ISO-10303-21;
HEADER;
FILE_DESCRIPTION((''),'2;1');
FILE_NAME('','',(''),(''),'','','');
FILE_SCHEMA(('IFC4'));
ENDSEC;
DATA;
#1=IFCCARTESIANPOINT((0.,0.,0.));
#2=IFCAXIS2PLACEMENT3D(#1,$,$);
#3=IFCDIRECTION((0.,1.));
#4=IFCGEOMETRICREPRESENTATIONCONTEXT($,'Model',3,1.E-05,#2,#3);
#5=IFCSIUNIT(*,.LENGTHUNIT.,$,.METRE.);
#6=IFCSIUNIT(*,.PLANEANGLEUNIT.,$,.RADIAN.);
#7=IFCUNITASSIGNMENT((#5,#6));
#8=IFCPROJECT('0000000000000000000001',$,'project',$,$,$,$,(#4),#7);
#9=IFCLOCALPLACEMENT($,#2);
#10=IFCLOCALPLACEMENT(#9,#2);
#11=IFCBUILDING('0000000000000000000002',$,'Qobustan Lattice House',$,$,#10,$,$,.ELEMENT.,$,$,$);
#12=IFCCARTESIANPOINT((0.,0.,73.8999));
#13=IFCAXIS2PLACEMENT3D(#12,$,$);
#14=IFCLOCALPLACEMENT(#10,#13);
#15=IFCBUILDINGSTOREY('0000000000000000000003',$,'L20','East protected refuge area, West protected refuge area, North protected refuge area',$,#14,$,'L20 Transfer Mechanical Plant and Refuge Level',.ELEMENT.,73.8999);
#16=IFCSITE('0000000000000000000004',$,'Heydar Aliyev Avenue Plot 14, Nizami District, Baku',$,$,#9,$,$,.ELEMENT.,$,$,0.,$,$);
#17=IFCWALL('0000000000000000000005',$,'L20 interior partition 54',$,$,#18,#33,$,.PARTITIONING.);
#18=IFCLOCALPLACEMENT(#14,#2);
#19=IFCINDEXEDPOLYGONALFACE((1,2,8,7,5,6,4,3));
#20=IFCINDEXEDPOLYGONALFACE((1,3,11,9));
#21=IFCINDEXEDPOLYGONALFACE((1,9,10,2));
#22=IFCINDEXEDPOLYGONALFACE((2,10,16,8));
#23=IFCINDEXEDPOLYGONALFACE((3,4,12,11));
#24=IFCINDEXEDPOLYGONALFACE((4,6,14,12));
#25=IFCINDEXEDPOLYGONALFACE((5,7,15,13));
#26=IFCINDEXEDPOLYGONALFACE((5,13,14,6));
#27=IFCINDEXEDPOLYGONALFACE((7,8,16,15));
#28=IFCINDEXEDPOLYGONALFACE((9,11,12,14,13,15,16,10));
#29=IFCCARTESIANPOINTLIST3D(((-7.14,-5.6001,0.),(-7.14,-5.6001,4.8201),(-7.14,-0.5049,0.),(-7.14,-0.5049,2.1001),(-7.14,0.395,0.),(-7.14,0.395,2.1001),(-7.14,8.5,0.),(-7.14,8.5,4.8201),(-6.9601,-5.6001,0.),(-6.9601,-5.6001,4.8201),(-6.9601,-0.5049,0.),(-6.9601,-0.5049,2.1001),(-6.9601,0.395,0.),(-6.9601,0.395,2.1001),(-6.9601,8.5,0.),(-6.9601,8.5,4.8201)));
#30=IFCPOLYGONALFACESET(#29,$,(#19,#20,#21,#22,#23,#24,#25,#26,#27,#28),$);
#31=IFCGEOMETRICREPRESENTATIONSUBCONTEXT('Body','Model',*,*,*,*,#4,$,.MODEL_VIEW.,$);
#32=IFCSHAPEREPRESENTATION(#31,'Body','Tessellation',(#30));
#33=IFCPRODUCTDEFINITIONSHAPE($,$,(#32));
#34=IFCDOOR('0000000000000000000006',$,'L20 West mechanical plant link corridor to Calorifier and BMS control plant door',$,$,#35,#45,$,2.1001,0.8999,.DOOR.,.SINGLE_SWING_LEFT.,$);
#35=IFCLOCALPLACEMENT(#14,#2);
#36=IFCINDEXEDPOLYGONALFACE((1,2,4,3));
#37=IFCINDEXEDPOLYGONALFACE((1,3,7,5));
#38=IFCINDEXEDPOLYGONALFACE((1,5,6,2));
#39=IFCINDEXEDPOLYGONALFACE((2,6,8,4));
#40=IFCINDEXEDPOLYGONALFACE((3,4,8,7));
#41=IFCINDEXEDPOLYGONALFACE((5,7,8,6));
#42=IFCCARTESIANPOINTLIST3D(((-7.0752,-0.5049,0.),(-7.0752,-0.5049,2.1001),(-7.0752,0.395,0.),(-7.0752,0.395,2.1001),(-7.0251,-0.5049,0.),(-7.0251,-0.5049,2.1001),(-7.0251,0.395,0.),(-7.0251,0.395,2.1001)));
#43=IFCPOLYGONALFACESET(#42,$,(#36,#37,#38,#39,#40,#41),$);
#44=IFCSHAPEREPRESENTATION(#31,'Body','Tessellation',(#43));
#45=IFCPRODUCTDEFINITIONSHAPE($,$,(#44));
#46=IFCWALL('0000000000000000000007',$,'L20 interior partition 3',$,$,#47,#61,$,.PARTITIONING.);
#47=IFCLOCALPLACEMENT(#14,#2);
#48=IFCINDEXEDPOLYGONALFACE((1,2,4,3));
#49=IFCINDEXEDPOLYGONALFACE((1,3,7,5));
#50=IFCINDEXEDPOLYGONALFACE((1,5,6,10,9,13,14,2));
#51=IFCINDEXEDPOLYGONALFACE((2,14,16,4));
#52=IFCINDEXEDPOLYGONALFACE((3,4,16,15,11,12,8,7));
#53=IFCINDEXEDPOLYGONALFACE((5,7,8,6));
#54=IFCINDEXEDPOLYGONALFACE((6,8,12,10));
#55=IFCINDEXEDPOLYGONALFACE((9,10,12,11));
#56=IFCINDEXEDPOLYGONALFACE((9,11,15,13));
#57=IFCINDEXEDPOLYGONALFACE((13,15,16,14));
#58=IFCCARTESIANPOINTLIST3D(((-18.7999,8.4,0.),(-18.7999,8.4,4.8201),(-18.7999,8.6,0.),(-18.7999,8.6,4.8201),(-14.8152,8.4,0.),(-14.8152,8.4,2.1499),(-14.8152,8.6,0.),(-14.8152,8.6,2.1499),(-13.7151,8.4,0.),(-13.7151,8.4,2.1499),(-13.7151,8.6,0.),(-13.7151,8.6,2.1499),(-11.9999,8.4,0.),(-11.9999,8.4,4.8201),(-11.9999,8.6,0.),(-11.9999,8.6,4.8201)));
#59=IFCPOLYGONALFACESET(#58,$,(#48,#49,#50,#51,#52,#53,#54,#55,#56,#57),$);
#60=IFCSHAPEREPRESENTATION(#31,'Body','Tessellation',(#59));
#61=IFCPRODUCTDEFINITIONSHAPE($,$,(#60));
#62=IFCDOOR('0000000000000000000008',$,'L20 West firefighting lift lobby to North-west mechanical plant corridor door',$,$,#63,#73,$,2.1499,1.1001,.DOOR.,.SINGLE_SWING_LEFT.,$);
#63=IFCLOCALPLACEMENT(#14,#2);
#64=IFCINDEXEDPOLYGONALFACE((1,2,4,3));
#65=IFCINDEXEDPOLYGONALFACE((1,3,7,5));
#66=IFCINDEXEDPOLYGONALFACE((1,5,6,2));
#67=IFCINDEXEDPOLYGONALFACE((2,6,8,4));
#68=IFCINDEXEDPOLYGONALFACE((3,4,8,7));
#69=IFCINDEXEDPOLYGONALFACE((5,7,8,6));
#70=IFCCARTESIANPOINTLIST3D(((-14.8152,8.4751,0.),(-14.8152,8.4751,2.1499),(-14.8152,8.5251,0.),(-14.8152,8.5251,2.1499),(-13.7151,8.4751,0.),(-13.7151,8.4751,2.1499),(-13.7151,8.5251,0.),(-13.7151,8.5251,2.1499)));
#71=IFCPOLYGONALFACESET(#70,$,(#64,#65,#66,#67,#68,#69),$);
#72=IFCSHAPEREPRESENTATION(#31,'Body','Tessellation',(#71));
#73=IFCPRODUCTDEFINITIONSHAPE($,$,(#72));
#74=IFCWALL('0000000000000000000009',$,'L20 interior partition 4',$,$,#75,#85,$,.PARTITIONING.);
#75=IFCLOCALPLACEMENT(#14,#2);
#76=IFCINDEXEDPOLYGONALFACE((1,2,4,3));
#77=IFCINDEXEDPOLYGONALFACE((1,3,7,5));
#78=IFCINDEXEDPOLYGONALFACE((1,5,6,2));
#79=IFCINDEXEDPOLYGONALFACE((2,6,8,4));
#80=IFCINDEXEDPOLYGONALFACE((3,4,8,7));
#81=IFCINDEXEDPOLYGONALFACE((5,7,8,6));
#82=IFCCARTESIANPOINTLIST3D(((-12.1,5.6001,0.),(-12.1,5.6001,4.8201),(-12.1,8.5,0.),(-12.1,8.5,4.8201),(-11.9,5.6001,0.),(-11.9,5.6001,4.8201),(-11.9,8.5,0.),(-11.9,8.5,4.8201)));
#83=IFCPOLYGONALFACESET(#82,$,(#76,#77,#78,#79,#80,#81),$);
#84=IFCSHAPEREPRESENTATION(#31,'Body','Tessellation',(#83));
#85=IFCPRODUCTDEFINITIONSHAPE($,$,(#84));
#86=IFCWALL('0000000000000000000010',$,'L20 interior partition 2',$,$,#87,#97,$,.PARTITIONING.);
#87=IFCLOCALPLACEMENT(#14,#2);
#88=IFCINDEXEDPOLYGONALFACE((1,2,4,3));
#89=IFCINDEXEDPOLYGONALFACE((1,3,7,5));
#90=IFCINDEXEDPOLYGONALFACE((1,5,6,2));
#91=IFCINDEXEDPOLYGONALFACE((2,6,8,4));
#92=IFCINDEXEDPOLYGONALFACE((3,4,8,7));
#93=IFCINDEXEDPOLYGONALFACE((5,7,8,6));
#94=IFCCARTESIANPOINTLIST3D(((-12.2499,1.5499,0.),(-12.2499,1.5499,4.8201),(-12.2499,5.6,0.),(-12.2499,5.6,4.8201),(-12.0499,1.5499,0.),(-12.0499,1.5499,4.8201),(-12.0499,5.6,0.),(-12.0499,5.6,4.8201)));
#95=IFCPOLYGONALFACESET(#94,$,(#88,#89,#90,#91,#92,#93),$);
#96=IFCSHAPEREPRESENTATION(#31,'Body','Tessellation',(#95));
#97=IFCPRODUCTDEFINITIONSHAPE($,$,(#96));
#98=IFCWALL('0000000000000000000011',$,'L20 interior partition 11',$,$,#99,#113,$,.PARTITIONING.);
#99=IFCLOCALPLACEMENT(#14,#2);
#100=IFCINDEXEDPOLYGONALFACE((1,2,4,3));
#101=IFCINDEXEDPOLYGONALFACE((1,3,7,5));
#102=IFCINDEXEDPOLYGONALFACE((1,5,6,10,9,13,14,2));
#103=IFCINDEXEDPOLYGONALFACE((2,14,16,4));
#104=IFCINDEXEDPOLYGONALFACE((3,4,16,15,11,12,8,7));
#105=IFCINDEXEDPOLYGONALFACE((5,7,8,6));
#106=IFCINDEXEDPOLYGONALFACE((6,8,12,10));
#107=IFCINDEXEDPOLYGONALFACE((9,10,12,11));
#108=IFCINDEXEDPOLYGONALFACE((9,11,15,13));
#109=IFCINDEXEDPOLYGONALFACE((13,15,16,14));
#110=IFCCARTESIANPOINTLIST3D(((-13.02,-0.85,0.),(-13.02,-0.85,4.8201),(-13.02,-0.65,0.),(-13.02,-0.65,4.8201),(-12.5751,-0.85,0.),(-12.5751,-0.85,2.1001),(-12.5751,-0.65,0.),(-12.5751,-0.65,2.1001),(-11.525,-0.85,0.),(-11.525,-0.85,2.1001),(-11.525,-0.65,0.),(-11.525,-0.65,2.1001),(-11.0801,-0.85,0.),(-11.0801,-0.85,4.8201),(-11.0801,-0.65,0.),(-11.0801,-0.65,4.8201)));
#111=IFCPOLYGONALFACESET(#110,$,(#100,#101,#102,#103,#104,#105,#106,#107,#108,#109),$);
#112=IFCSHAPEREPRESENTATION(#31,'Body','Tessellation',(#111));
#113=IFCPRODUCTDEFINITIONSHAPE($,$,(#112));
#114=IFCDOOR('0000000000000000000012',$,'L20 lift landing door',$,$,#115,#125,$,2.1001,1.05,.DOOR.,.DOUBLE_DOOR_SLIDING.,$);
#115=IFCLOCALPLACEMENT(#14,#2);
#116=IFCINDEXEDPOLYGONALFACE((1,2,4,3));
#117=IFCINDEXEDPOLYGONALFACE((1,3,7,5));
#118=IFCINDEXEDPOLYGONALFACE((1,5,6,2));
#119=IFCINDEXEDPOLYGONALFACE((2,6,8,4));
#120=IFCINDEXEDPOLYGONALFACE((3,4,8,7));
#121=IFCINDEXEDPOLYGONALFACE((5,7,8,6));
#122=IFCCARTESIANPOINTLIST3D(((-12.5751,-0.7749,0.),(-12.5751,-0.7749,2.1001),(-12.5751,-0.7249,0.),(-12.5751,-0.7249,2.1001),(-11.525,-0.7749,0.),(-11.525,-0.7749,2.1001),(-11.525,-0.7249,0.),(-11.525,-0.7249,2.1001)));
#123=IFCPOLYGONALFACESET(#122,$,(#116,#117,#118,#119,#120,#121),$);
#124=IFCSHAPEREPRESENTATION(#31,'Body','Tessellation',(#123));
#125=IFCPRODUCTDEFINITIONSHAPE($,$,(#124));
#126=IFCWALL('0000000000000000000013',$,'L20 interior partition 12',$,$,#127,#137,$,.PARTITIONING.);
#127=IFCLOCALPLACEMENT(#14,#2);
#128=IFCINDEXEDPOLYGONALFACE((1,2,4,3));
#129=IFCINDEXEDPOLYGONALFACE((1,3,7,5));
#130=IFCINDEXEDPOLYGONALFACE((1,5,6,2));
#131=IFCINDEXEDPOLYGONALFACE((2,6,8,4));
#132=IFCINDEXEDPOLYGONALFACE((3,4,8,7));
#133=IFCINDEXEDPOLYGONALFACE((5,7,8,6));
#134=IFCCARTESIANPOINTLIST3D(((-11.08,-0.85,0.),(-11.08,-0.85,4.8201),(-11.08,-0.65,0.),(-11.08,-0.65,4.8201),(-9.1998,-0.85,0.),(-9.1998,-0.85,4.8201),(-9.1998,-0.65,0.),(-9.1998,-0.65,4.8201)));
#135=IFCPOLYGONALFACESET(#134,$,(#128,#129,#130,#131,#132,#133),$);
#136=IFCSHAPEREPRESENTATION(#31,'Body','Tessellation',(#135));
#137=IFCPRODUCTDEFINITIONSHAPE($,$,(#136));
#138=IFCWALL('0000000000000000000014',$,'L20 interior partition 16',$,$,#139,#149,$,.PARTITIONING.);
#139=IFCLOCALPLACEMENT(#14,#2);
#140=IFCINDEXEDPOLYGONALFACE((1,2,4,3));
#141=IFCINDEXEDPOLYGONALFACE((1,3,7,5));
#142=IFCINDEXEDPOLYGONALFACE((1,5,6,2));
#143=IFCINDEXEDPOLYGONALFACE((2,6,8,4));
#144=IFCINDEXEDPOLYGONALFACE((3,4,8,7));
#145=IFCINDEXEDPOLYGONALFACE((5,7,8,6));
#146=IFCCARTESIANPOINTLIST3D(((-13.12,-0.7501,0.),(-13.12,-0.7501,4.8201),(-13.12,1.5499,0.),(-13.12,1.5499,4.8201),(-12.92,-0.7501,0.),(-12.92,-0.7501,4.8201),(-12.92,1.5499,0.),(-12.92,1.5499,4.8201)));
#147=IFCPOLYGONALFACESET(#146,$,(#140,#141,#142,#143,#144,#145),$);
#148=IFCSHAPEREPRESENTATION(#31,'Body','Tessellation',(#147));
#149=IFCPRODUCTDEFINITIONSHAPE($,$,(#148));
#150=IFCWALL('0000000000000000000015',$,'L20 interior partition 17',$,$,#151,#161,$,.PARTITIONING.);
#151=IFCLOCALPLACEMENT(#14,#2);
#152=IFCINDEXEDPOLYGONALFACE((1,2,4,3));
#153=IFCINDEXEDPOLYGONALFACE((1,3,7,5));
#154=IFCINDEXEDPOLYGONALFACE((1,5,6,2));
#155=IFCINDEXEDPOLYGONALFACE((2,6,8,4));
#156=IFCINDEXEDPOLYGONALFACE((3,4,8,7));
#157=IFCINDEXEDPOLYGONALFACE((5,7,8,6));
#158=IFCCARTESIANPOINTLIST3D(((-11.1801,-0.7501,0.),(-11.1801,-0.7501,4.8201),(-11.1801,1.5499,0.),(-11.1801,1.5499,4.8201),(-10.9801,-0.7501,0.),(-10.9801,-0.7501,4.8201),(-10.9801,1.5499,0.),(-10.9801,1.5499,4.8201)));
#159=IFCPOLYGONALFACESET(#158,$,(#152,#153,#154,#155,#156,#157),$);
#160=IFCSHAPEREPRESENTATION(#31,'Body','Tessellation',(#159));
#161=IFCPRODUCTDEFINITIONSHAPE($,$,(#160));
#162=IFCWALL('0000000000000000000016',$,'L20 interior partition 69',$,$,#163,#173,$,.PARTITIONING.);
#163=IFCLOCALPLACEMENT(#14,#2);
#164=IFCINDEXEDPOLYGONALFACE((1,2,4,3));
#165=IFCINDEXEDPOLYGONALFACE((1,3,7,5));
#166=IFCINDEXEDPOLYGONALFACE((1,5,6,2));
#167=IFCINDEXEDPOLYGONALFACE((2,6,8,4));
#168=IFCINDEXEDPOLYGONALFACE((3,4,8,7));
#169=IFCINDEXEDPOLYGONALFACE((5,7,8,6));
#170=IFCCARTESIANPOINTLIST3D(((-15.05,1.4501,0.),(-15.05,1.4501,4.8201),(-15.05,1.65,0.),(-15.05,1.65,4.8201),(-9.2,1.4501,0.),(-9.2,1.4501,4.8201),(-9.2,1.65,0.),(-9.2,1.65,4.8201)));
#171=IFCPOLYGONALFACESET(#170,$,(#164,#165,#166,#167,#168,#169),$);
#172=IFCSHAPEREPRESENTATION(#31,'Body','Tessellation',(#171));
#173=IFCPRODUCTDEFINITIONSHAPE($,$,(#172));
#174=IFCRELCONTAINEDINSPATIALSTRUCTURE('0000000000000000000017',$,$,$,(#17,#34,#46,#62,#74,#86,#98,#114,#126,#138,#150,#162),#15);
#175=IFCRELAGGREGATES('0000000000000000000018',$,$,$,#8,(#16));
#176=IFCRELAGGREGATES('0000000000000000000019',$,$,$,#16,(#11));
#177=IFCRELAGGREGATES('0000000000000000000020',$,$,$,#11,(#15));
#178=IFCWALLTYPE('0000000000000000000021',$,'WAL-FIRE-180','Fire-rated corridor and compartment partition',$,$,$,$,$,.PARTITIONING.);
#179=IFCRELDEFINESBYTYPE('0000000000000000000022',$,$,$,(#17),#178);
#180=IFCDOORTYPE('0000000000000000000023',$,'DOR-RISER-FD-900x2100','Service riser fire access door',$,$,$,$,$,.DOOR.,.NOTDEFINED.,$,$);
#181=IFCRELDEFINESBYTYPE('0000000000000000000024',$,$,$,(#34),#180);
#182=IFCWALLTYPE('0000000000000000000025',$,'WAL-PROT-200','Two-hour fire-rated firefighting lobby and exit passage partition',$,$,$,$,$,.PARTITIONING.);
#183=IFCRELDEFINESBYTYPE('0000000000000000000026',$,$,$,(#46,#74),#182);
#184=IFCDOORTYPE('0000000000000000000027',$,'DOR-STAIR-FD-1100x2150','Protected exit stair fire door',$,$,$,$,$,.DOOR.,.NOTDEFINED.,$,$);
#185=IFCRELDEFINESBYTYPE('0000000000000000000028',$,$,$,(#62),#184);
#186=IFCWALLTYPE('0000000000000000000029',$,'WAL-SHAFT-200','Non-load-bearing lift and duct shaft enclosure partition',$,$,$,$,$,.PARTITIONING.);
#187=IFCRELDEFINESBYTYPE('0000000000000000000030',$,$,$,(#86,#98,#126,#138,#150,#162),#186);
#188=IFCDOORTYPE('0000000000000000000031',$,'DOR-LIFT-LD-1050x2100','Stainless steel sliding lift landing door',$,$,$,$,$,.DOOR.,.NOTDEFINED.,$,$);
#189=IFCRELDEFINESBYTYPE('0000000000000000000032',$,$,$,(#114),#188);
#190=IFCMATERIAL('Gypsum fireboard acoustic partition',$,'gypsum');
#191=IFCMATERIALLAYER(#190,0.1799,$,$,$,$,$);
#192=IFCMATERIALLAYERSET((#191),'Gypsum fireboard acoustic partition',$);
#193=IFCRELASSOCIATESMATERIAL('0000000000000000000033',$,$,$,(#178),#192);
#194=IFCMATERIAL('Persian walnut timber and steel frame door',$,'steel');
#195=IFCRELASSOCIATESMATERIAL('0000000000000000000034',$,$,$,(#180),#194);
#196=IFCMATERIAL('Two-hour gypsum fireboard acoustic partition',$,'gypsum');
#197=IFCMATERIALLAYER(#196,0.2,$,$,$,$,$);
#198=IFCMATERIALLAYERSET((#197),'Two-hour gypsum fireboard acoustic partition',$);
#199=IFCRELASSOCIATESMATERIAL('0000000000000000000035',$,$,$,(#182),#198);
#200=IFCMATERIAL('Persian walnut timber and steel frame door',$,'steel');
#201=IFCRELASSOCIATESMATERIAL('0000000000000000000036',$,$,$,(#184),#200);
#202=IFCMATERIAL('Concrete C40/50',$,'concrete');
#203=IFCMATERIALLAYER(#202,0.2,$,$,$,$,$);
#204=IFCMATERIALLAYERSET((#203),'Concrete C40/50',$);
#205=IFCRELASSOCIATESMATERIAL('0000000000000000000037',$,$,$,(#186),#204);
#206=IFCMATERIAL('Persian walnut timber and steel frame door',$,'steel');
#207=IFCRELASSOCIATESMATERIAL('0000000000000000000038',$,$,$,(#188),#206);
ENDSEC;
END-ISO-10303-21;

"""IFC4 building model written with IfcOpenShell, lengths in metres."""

from ifc_helpers import new_model, si_unit, direction, frame, frame_2d, origin, place, context, subcontext, project, spatial, rectangle, extrude, material, layer, layer_set, type_object, element, fill, save


model = new_model("IFC4")

# Units and contexts
model_context = context("Model", 3, precision=1e-05, world=origin(), true_north=direction((0.0, 1.0)))
body_context = subcontext(model_context, "Body", "Model", "MODEL_VIEW")
ifc_project = project(units=[si_unit("LENGTHUNIT", "METRE"), si_unit("PLANEANGLEUNIT", "RADIAN")], contexts=[model_context])

# Site, building, storey
site_placement = place(None, origin())
site = spatial("IfcSite", under=ifc_project, at=site_placement, Name="Heydar Aliyev Avenue Plot 14, Nizami District, Baku", CompositionType="ELEMENT", RefElevation=0.0)
building_placement = place(site_placement, origin())
building = spatial("IfcBuilding", under=site, at=building_placement, Name="Qobustan Lattice House", CompositionType="ELEMENT")
storey_placement = place(building_placement, frame((0.0, 0.0, 73.8999)))
storey = spatial("IfcBuildingStorey", under=building, at=storey_placement, Name="L20", Description="East protected refuge area, West protected refuge area, North protected refuge area", LongName="L20 Transfer Mechanical Plant and Refuge Level", CompositionType="ELEMENT", Elevation=73.8999)

# Shared definitions
ifc_material_1 = material(Name="Gypsum fireboard acoustic partition", Category="gypsum")
ifc_layer_1 = layer(ifc_material_1, 0.1799)
ifc_layer_set_1 = layer_set([ifc_layer_1], Name="Gypsum fireboard acoustic partition")
wall_type_1 = type_object("IfcWallType", Name="WAL-FIRE-180", Description="Fire-rated corridor and compartment partition", PredefinedType="PARTITIONING", material=ifc_layer_set_1)

# Walls, openings, doors
wall_1_placement = place(storey_placement, frame((-7.05, 8.5, 0.0), z_axis=(0.0, 0.0, 1.0), x_axis=(0.0, -1.0, 0.0)))
wall_1 = element("IfcWall", 1, at=wall_1_placement, inside=storey, type_object=wall_type_1, Name="L20 interior partition 54", PredefinedType="PARTITIONING", context=body_context, shape_type="SweptSolid", body=[
    extrude(rectangle(XDim=14.1001, YDim=0.1799, at=frame_2d((7.05, 0.0))), origin(), (0.0, 0.0, 1.0), 4.8201),
])
opening_1_placement = place(wall_1_placement, frame((8.105, 0.0, 0.0)))
opening_1 = element("IfcOpeningElement", 2, at=opening_1_placement, cuts=wall_1, PredefinedType="OPENING", context=body_context, shape_type="SweptSolid", body=[
    extrude(rectangle(XDim=0.8999, YDim=2.1001, at=frame_2d((0.45, 1.05))), frame((0.0, 0.0999, 0.0), z_axis=(0.0, -1.0, 0.0), x_axis=(1.0, 0.0, 0.0)), (0.0, 0.0, 1.0), 0.2),
])
ifc_material_2 = material(Name="Persian walnut timber and steel frame door", Category="steel")
door_type_1 = type_object("IfcDoorType", Name="DOR-RISER-FD-900x2100", Description="Service riser fire access door", OperationType="NOTDEFINED", PredefinedType="DOOR", material=ifc_material_2)
door_1_placement = place(opening_1_placement, origin())
door_1 = element("IfcDoor", 3, at=door_1_placement, inside=storey, type_object=door_type_1, Name="L20 West mechanical plant link corridor to Calorifier and BMS control plant door", OperationType="SINGLE_SWING_LEFT", OverallHeight=2.1001, OverallWidth=0.8999, PredefinedType="DOOR", context=body_context, shape_type="SweptSolid", body=[
    extrude(rectangle(XDim=0.8999, YDim=2.1001, at=frame_2d((0.45, 1.05))), frame((0.0, 0.0249, 0.0), z_axis=(0.0, -1.0, 0.0), x_axis=(1.0, 0.0, 0.0)), (0.0, 0.0, 1.0), 0.05),
])
fill(opening_1, door_1)
ifc_material_3 = material(Name="Two-hour gypsum fireboard acoustic partition", Category="gypsum")
ifc_layer_2 = layer(ifc_material_3, 0.2)
ifc_layer_set_2 = layer_set([ifc_layer_2], Name="Two-hour gypsum fireboard acoustic partition")
wall_type_2 = type_object("IfcWallType", Name="WAL-PROT-200", Description="Two-hour fire-rated firefighting lobby and exit passage partition", PredefinedType="PARTITIONING", material=ifc_layer_set_2)
wall_2_placement = place(storey_placement, frame((-12.0, 8.5, 0.0), z_axis=(0.0, 0.0, 1.0), x_axis=(-1.0, 0.0, 0.0)))
wall_2 = element("IfcWall", 4, at=wall_2_placement, inside=storey, type_object=wall_type_2, Name="L20 interior partition 3", PredefinedType="PARTITIONING", context=body_context, shape_type="SweptSolid", body=[
    extrude(rectangle(XDim=6.8, YDim=0.2, at=frame_2d((3.3999, 0.0))), origin(), (0.0, 0.0, 1.0), 4.8201),
])
opening_2_placement = place(wall_2_placement, frame((1.7151, 0.0, 0.0)))
opening_2 = element("IfcOpeningElement", 5, at=opening_2_placement, cuts=wall_2, PredefinedType="OPENING", context=body_context, shape_type="SweptSolid", body=[
    extrude(rectangle(XDim=1.1001, YDim=2.1499, at=frame_2d((0.55, 1.075))), frame((0.0, 0.1099, 0.0), z_axis=(0.0, -1.0, 0.0), x_axis=(1.0, 0.0, 0.0)), (0.0, 0.0, 1.0), 0.22),
])
ifc_material_4 = material(Name="Persian walnut timber and steel frame door", Category="steel")
door_type_2 = type_object("IfcDoorType", Name="DOR-STAIR-FD-1100x2150", Description="Protected exit stair fire door", OperationType="NOTDEFINED", PredefinedType="DOOR", material=ifc_material_4)
door_2_placement = place(opening_2_placement, origin())
door_2 = element("IfcDoor", 6, at=door_2_placement, inside=storey, type_object=door_type_2, Name="L20 West firefighting lift lobby to North-west mechanical plant corridor door", OperationType="SINGLE_SWING_LEFT", OverallHeight=2.1499, OverallWidth=1.1001, PredefinedType="DOOR", context=body_context, shape_type="SweptSolid", body=[
    extrude(rectangle(XDim=1.1001, YDim=2.1499, at=frame_2d((0.55, 1.075))), frame((0.0, 0.0249, 0.0), z_axis=(0.0, -1.0, 0.0), x_axis=(1.0, 0.0, 0.0)), (0.0, 0.0, 1.0), 0.05),
])
fill(opening_2, door_2)

# Walls
wall_3_placement = place(storey_placement, frame((-12.0, 5.6001, 0.0), z_axis=(0.0, 0.0, 1.0), x_axis=(0.0, 1.0, 0.0)))
element("IfcWall", 7, at=wall_3_placement, inside=storey, type_object=wall_type_2, Name="L20 interior partition 4", PredefinedType="PARTITIONING", context=body_context, shape_type="SweptSolid", body=[
    extrude(rectangle(XDim=2.8999, YDim=0.2, at=frame_2d((1.45, 0.0))), origin(), (0.0, 0.0, 1.0), 4.8201),
])
ifc_material_5 = material(Name="Concrete C40/50", Category="concrete")
ifc_layer_3 = layer(ifc_material_5, 0.2)
ifc_layer_set_3 = layer_set([ifc_layer_3], Name="Concrete C40/50")
wall_type_3 = type_object("IfcWallType", Name="WAL-SHAFT-200", Description="Non-load-bearing lift and duct shaft enclosure partition", PredefinedType="PARTITIONING", material=ifc_layer_set_3)
wall_4_placement = place(storey_placement, frame((-12.1499, 1.55, 0.0), z_axis=(0.0, 0.0, 1.0), x_axis=(0.0, 1.0, 0.0)))
element("IfcWall", 8, at=wall_4_placement, inside=storey, type_object=wall_type_3, Name="L20 interior partition 2", PredefinedType="PARTITIONING", context=body_context, shape_type="SweptSolid", body=[
    extrude(rectangle(XDim=4.05, YDim=0.2, at=frame_2d((2.0249, 0.0))), origin(), (0.0, 0.0, 1.0), 4.8201),
])

# Wall, opening, door
wall_5_placement = place(storey_placement, frame((-11.0801, -0.75, 0.0), z_axis=(0.0, 0.0, 1.0), x_axis=(-1.0, 0.0, 0.0)))
wall_5 = element("IfcWall", 9, at=wall_5_placement, inside=storey, type_object=wall_type_3, Name="L20 interior partition 11", PredefinedType="PARTITIONING", context=body_context, shape_type="SweptSolid", body=[
    extrude(rectangle(XDim=1.9399, YDim=0.2, at=frame_2d((0.97, 0.0))), origin(), (0.0, 0.0, 1.0), 4.8201),
])
opening_3_placement = place(wall_5_placement, frame((0.4451, 0.0, 0.0)))
opening_3 = element("IfcOpeningElement", 10, at=opening_3_placement, cuts=wall_5, PredefinedType="OPENING", context=body_context, shape_type="SweptSolid", body=[
    extrude(rectangle(XDim=1.05, YDim=2.1001, at=frame_2d((0.5249, 1.05))), frame((0.0, 0.1099, 0.0), z_axis=(0.0, -1.0, 0.0), x_axis=(1.0, 0.0, 0.0)), (0.0, 0.0, 1.0), 0.22),
])
ifc_material_6 = material(Name="Persian walnut timber and steel frame door", Category="steel")
door_type_3 = type_object("IfcDoorType", Name="DOR-LIFT-LD-1050x2100", Description="Stainless steel sliding lift landing door", OperationType="NOTDEFINED", PredefinedType="DOOR", material=ifc_material_6)
door_3_placement = place(opening_3_placement, origin())
door_3 = element("IfcDoor", 11, at=door_3_placement, inside=storey, type_object=door_type_3, Name="L20 lift landing door", OperationType="DOUBLE_DOOR_SLIDING", OverallHeight=2.1001, OverallWidth=1.05, PredefinedType="DOOR", context=body_context, shape_type="SweptSolid", body=[
    extrude(rectangle(XDim=1.05, YDim=2.1001, at=frame_2d((0.5249, 1.05))), frame((0.0, 0.0249, 0.0), z_axis=(0.0, -1.0, 0.0), x_axis=(1.0, 0.0, 0.0)), (0.0, 0.0, 1.0), 0.05),
])
fill(opening_3, door_3)

# Walls
wall_6_placement = place(storey_placement, frame((-9.2, -0.75, 0.0), z_axis=(0.0, 0.0, 1.0), x_axis=(-1.0, 0.0, 0.0)))
element("IfcWall", 12, at=wall_6_placement, inside=storey, type_object=wall_type_3, Name="L20 interior partition 12", PredefinedType="PARTITIONING", context=body_context, shape_type="SweptSolid", body=[
    extrude(rectangle(XDim=1.8801, YDim=0.2, at=frame_2d((0.9399, 0.0))), origin(), (0.0, 0.0, 1.0), 4.8201),
])
for number, where, z_axis, x_axis, name in (
    (13, (-13.02, -0.75, 0.0), (0.0, 0.0, 1.0), (0.0, 1.0, 0.0), "L20 interior partition 16"),
    (14, (-11.0801, -0.75, 0.0), (0.0, 0.0, 1.0), (0.0, 1.0, 0.0), "L20 interior partition 17"),
):
    element("IfcWall", number, at=place(storey_placement, frame(where, z_axis=z_axis, x_axis=x_axis)), inside=storey, type_object=wall_type_3, Name=name, PredefinedType="PARTITIONING", context=body_context, shape_type="SweptSolid", body=[
        extrude(rectangle(XDim=2.3, YDim=0.2, at=frame_2d((1.1499, 0.0))), origin(), (0.0, 0.0, 1.0), 4.8201),
    ])
wall_7_placement = place(storey_placement, frame((-15.05, 1.55, 0.0), z_axis=(0.0, 0.0, 1.0), x_axis=(1.0, 0.0, 0.0)))
element("IfcWall", 15, at=wall_7_placement, inside=storey, type_object=wall_type_3, Name="L20 interior partition 69", PredefinedType="PARTITIONING", context=body_context, shape_type="SweptSolid", body=[
    extrude(rectangle(XDim=5.8501, YDim=0.2, at=frame_2d((2.925, 0.0))), origin(), (0.0, 0.0, 1.0), 4.8201),
])

save(model, "model.ifc")
